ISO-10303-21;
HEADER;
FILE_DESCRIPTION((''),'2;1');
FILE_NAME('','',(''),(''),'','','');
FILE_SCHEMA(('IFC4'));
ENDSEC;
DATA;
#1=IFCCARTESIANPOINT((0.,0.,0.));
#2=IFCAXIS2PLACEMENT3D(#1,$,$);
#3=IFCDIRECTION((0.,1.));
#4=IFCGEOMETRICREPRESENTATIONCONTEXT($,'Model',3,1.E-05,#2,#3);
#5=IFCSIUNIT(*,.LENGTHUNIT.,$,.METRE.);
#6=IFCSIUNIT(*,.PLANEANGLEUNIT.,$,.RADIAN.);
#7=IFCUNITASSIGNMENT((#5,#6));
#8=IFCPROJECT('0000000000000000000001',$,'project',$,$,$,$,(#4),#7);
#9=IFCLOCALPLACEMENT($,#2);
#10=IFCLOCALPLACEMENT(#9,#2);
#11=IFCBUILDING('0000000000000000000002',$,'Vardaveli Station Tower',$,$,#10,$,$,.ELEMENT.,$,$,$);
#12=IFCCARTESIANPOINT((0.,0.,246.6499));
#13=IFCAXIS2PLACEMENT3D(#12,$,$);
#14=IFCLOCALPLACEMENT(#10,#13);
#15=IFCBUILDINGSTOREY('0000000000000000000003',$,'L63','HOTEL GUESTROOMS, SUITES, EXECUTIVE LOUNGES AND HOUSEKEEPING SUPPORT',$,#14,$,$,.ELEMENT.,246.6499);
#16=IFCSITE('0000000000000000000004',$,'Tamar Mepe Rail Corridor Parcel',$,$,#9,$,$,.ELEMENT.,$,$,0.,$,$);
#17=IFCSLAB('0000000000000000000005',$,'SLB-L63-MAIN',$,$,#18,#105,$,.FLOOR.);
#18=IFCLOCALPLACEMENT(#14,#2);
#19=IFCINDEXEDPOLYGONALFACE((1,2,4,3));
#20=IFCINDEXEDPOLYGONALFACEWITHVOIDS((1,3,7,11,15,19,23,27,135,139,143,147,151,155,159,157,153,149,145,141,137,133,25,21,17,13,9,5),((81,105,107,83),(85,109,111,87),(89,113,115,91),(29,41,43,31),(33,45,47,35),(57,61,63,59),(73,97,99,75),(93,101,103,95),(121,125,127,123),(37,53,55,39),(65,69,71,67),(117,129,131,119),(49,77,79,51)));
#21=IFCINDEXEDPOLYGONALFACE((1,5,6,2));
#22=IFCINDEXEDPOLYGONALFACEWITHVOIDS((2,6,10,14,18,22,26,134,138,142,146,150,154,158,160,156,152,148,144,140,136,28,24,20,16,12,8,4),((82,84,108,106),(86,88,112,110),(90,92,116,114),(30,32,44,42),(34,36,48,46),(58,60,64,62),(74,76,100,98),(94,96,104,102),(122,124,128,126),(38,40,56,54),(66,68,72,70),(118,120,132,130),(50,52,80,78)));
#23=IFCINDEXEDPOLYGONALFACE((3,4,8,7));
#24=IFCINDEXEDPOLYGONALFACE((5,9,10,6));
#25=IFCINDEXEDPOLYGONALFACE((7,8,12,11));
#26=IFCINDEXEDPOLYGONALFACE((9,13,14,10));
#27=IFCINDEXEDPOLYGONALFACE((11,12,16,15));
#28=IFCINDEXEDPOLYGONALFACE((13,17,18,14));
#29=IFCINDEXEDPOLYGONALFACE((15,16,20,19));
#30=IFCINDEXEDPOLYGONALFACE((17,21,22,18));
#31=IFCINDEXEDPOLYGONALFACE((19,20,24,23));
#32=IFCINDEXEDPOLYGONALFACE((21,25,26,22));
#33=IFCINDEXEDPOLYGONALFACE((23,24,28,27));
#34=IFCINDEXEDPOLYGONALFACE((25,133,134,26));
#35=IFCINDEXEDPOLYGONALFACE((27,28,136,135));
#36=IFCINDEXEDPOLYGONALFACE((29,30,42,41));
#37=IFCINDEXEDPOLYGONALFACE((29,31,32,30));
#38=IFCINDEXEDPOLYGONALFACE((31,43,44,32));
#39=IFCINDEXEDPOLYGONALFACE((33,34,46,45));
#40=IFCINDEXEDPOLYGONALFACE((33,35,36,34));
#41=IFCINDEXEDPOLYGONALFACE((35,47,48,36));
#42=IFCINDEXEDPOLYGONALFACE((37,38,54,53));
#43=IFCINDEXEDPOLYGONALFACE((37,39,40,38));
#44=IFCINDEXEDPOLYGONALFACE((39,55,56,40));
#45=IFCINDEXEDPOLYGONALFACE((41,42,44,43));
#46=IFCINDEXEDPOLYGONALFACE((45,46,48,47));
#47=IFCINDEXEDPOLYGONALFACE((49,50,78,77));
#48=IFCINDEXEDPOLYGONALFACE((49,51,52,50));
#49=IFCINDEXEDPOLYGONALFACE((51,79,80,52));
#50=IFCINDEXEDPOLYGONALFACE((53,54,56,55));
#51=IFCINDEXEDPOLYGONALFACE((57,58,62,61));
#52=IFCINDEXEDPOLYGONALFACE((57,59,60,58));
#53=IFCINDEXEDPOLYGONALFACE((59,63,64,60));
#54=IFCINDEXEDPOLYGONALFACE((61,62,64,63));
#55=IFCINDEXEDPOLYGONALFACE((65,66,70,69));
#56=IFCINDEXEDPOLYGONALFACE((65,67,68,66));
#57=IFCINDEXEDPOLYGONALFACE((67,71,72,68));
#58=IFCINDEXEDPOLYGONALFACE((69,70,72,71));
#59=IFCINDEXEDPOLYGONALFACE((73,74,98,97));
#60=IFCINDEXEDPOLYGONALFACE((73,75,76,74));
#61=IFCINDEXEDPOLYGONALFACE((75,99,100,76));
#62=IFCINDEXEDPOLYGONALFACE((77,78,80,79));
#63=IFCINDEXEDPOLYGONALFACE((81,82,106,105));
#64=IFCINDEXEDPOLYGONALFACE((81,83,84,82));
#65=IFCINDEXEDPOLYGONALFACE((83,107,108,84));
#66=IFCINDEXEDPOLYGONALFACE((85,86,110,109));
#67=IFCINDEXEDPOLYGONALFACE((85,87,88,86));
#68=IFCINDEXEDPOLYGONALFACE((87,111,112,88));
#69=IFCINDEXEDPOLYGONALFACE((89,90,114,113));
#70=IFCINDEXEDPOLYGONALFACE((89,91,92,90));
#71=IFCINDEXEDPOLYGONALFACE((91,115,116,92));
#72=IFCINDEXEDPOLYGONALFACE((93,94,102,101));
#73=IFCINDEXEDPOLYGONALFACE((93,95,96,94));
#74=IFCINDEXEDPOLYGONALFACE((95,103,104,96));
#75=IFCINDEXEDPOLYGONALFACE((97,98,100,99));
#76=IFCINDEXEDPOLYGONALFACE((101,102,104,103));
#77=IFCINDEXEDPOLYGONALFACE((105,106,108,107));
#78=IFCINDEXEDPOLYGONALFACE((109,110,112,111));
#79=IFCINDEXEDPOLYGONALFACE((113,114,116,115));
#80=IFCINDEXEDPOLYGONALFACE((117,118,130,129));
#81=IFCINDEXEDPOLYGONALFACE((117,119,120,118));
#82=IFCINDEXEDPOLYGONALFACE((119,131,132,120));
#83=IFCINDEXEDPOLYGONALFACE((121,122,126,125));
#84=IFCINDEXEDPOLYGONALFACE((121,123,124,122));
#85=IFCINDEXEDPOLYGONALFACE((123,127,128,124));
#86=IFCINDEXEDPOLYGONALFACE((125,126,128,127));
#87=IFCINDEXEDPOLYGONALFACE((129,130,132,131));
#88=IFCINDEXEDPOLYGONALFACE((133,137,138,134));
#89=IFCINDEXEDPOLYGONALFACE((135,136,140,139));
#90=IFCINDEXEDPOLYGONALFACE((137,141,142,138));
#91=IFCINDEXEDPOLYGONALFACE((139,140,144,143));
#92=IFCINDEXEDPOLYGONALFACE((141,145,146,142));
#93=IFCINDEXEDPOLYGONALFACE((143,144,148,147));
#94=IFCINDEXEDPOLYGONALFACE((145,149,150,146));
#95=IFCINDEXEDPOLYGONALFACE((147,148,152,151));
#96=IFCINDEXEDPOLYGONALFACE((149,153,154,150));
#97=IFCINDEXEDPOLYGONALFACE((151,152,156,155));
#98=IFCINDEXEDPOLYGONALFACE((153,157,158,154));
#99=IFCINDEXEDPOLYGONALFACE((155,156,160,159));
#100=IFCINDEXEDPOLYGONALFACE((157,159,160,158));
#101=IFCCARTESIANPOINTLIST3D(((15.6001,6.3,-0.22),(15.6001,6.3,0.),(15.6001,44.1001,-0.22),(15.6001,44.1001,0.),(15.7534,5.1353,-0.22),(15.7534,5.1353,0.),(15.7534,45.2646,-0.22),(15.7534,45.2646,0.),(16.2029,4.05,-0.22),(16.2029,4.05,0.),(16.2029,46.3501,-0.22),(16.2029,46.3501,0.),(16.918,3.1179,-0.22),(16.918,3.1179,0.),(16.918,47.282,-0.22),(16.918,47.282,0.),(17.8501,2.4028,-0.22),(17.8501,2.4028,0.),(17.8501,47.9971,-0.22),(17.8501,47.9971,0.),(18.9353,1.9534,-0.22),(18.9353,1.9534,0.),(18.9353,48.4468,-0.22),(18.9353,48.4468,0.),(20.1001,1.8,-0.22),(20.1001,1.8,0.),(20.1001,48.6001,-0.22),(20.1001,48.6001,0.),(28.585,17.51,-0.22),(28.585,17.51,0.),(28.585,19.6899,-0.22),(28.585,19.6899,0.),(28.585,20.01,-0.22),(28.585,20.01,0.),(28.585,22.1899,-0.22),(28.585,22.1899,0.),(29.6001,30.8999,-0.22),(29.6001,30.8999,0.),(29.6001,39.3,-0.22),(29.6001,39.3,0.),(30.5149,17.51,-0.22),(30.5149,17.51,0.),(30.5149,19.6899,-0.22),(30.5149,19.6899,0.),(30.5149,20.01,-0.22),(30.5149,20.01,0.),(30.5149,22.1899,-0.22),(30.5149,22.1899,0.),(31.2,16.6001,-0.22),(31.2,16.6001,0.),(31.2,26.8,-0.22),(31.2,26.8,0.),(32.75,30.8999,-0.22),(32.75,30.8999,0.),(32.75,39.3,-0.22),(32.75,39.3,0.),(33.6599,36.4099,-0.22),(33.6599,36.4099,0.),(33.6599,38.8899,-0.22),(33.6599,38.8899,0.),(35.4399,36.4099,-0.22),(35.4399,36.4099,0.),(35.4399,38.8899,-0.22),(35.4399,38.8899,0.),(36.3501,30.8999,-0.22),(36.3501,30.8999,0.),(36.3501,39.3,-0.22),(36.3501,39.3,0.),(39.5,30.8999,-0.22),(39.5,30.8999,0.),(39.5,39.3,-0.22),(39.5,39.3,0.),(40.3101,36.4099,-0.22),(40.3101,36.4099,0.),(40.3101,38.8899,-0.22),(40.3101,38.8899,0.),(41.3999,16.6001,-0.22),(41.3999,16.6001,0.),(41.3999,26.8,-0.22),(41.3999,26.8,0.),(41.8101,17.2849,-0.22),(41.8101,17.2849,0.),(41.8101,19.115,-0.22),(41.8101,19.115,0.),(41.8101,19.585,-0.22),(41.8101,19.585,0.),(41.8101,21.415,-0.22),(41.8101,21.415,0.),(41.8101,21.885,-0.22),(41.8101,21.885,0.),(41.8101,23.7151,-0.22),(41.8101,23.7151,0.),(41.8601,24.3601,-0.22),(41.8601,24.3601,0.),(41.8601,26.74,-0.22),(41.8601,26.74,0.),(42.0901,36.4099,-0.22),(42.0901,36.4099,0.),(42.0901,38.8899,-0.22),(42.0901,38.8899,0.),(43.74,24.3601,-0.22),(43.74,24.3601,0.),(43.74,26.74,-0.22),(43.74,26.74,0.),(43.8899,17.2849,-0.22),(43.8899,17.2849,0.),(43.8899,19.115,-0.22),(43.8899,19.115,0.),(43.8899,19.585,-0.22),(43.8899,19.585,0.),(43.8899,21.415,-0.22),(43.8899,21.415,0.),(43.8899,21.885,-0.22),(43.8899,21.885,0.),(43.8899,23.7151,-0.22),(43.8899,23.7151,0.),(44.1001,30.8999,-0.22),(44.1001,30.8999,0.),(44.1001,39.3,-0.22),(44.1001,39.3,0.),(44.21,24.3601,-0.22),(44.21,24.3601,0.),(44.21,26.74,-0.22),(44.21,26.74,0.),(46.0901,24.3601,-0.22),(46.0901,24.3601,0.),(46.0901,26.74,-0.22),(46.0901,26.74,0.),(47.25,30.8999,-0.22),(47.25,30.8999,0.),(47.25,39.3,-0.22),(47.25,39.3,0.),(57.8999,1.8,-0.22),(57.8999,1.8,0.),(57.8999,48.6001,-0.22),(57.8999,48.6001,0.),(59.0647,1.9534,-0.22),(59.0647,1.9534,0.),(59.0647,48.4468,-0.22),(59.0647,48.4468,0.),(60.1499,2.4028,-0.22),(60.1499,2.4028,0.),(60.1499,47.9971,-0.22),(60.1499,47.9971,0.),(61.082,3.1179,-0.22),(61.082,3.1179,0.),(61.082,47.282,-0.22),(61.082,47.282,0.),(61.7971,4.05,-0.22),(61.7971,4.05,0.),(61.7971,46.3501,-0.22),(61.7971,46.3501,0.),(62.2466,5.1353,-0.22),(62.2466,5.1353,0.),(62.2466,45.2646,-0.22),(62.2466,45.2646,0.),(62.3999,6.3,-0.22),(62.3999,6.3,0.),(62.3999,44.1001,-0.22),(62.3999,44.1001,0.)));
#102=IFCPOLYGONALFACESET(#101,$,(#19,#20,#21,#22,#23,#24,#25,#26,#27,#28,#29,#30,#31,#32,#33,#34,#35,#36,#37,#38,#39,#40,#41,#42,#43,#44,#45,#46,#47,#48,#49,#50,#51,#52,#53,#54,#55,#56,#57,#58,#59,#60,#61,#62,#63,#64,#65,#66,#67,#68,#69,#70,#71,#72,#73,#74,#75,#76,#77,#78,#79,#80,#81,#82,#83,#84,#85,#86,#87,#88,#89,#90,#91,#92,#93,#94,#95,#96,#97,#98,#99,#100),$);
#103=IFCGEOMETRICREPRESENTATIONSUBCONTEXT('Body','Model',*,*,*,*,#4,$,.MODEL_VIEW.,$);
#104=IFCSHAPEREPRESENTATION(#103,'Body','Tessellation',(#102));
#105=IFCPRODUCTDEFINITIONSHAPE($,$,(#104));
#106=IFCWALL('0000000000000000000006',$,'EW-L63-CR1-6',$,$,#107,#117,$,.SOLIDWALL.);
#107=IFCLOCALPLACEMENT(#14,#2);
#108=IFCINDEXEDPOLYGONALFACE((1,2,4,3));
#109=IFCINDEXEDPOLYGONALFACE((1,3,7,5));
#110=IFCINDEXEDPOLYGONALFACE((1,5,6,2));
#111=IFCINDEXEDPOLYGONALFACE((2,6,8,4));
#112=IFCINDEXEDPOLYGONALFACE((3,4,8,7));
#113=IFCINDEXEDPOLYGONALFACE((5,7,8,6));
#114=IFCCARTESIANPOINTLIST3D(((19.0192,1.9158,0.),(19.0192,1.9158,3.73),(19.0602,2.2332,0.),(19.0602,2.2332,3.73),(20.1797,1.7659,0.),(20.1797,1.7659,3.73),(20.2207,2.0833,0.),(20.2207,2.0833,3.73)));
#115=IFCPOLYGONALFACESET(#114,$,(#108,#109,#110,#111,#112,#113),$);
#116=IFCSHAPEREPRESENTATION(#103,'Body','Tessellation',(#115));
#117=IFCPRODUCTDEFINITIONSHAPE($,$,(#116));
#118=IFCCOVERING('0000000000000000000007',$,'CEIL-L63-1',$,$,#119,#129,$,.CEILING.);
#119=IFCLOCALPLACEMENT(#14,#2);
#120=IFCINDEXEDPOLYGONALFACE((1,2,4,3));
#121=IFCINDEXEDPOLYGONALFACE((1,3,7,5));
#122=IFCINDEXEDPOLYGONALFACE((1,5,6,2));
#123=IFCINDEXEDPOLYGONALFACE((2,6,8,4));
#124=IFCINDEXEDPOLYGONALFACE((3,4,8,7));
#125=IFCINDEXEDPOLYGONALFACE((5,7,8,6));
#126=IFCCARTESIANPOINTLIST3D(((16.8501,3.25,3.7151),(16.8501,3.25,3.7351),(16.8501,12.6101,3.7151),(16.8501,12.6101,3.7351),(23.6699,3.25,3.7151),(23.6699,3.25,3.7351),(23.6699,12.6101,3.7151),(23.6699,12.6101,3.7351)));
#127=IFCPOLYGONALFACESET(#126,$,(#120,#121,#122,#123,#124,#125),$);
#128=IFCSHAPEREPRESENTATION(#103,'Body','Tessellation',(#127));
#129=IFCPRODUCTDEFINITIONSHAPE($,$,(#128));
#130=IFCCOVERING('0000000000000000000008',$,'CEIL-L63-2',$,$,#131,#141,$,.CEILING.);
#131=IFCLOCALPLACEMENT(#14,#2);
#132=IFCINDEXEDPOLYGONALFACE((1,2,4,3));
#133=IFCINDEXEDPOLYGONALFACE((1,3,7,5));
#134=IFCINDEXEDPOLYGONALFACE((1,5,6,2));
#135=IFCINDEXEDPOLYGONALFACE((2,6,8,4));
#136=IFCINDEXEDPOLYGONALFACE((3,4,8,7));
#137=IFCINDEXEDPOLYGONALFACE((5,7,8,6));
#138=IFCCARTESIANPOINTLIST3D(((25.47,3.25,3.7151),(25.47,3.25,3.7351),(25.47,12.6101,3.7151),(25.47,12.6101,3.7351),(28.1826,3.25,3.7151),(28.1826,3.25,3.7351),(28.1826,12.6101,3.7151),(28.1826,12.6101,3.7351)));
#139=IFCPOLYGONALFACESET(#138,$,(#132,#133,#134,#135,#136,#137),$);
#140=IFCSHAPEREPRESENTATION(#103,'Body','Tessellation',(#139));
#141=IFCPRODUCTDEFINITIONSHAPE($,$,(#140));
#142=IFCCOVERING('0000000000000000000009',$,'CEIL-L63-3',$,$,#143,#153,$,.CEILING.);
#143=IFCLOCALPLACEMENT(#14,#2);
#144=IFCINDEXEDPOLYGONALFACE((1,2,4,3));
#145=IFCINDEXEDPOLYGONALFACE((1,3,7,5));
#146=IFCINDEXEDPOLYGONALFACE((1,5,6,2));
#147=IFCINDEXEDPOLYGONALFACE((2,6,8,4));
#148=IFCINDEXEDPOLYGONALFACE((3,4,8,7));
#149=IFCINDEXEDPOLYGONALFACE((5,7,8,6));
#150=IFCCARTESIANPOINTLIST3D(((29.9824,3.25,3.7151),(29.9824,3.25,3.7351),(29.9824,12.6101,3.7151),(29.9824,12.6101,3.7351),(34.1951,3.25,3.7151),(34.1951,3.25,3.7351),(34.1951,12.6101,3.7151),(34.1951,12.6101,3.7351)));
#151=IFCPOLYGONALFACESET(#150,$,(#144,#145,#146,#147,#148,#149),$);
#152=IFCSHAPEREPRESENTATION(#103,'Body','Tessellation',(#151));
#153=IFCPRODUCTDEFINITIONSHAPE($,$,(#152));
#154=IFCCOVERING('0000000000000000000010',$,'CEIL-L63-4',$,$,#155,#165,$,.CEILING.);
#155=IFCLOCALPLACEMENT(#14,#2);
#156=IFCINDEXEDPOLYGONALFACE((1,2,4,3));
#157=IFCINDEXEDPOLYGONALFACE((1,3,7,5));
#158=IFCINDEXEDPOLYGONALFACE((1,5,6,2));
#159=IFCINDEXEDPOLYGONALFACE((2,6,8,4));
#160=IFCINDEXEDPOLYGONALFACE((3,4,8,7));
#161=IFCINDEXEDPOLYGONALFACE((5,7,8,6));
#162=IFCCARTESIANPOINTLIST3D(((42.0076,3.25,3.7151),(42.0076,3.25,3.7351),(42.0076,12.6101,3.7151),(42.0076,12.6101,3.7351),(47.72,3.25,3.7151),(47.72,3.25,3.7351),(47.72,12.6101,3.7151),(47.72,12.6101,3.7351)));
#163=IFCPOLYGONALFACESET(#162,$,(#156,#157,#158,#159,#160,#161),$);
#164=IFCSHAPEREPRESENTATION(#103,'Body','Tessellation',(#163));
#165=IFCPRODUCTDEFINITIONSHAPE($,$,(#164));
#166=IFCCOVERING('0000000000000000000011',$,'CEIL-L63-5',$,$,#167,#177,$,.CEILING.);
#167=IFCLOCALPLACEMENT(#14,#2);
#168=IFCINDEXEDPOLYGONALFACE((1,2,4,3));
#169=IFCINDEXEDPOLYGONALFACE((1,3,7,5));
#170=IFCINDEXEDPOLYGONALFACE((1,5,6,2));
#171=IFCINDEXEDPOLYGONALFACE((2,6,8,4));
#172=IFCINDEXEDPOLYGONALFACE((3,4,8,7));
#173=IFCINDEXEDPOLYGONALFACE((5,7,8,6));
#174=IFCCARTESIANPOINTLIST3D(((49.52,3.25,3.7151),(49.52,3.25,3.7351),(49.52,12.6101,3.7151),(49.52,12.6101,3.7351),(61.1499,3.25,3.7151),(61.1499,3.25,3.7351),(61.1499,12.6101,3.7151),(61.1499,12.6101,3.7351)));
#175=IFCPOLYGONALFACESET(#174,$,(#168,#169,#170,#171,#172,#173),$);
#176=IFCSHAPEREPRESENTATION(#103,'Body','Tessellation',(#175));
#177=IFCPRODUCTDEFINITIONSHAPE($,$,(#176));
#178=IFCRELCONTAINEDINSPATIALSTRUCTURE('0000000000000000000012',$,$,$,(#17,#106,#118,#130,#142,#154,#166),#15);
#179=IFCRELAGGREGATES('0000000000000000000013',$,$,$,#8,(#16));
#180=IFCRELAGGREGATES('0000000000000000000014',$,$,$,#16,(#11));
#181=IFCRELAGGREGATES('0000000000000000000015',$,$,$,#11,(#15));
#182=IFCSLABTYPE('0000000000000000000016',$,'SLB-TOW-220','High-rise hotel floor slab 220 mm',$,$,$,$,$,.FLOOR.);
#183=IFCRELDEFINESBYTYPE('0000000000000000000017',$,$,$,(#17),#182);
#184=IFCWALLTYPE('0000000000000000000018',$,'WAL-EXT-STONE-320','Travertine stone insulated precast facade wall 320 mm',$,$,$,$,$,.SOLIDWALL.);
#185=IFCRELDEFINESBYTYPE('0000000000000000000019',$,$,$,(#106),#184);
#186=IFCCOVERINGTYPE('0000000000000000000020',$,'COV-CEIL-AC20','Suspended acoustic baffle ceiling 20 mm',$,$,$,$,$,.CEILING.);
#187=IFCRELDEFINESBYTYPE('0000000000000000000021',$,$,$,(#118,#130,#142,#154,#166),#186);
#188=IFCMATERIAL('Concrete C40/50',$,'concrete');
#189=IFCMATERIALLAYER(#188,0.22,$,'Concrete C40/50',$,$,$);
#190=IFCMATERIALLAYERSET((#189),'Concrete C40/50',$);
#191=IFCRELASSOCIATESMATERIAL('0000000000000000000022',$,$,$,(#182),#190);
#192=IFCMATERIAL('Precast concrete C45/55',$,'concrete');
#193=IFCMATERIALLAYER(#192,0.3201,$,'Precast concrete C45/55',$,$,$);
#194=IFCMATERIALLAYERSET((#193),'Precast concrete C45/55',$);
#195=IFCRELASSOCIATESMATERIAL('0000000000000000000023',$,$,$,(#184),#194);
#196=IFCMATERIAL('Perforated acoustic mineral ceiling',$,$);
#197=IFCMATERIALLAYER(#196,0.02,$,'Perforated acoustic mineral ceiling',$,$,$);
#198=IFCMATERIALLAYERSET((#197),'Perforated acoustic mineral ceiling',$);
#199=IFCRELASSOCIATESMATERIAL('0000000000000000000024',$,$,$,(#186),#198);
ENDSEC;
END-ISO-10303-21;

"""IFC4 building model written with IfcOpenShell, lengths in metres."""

from ifc_helpers import new_model, si_unit, direction, frame, frame_2d, origin, place, context, subcontext, project, spatial, polyline, rectangle, outline, extrude, source, transform, mapped, material, layer, layer_set, type_object, element, save


model = new_model("IFC4")

# Units and contexts
model_context = context("Model", 3, precision=1e-05, world=origin(), true_north=direction((0.0, 1.0)))
body_context = subcontext(model_context, "Body", "Model", "MODEL_VIEW")
ifc_project = project(units=[si_unit("LENGTHUNIT", "METRE"), si_unit("PLANEANGLEUNIT", "RADIAN")], contexts=[model_context])

# Site, building, storey
site_placement = place(None, origin())
site = spatial("IfcSite", under=ifc_project, at=site_placement, Name="Tamar Mepe Rail Corridor Parcel", CompositionType="ELEMENT", RefElevation=0.0)
building_placement = place(site_placement, origin())
building = spatial("IfcBuilding", under=site, at=building_placement, Name="Vardaveli Station Tower", CompositionType="ELEMENT")
storey_placement = place(building_placement, frame((0.0, 0.0, 246.6499)))
storey = spatial("IfcBuildingStorey", under=building, at=storey_placement, Name="L63", Description="HOTEL GUESTROOMS, SUITES, EXECUTIVE LOUNGES AND HOUSEKEEPING SUPPORT", CompositionType="ELEMENT", Elevation=246.6499)

# Shared definitions
ifc_material_1 = material(Name="Concrete C40/50", Category="concrete")

# Slab
ifc_material_2 = material(Name="Precast concrete C45/55", Category="concrete")
ifc_layer_1 = layer(ifc_material_1, 0.22, Name="Concrete C40/50")
ifc_layer_set_1 = layer_set([ifc_layer_1], Name="Concrete C40/50")
slab_type_1 = type_object("IfcSlabType", Name="SLB-TOW-220", Description="High-rise hotel floor slab 220 mm", PredefinedType="FLOOR", material=ifc_layer_set_1)
slab_1_placement = place(storey_placement, frame((0.0, 0.0, -0.22)))
element("IfcSlab", 1, at=slab_1_placement, inside=storey, type_object=slab_type_1, Name="SLB-L63-MAIN", PredefinedType="FLOOR", context=body_context, shape_type="SweptSolid", body=[
    extrude(outline(polyline([(15.6001, 6.3), (15.7534, 5.1353), (16.2029, 4.05), (16.918, 3.1179), (17.8501, 2.4028), (18.9353, 1.9534), (20.1001, 1.8), (57.8999, 1.8), (59.0647, 1.9534), (60.1499, 2.4028), (61.082, 3.1179), (61.7971, 4.05), (62.2466, 5.1353), (62.3999, 6.3), (62.3999, 44.1001), (62.2466, 45.2646), (61.7971, 46.3501), (61.082, 47.282), (60.1499, 47.9971), (59.0647, 48.4468), (57.8999, 48.6001), (20.1001, 48.6001), (18.9353, 48.4468), (17.8501, 47.9971), (16.918, 47.282), (16.2029, 46.3501), (15.7534, 45.2646), (15.6001, 44.1001), (15.6001, 6.3)]), holes=[polyline([(31.2, 16.6001), (41.3999, 16.6001), (41.3999, 26.8), (31.2, 26.8), (31.2, 16.6001)]), polyline([(32.75, 30.8999), (32.75, 39.3), (29.6001, 39.3), (29.6001, 30.8999), (32.75, 30.8999)]), polyline([(39.5, 30.8999), (39.5, 39.3), (36.3501, 39.3), (36.3501, 30.8999), (39.5, 30.8999)]), polyline([(47.25, 30.8999), (47.25, 39.3), (44.1001, 39.3), (44.1001, 30.8999), (47.25, 30.8999)]), polyline([(33.6599, 36.4099), (35.4399, 36.4099), (35.4399, 38.8899), (33.6599, 38.8899), (33.6599, 36.4099)]), polyline([(40.3101, 36.4099), (42.0901, 36.4099), (42.0901, 38.8899), (40.3101, 38.8899), (40.3101, 36.4099)]), polyline([(41.8101, 21.885), (43.8899, 21.885), (43.8899, 23.7151), (41.8101, 23.7151), (41.8101, 21.885)]), polyline([(41.8101, 19.585), (43.8899, 19.585), (43.8899, 21.415), (41.8101, 21.415), (41.8101, 19.585)]), polyline([(41.8101, 17.2849), (43.8899, 17.2849), (43.8899, 19.115), (41.8101, 19.115), (41.8101, 17.2849)]), polyline([(28.585, 17.51), (30.5149, 17.51), (30.5149, 19.6899), (28.585, 19.6899), (28.585, 17.51)]), polyline([(28.585, 20.01), (30.5149, 20.01), (30.5149, 22.1899), (28.585, 22.1899), (28.585, 20.01)]), polyline([(41.8601, 24.3601), (43.74, 24.3601), (43.74, 26.74), (41.8601, 26.74), (41.8601, 24.3601)]), polyline([(44.21, 24.3601), (46.0901, 24.3601), (46.0901, 26.74), (44.21, 26.74), (44.21, 24.3601)])]), origin(), (0.0, 0.0, 1.0), 0.22),
])

# Wall
ifc_layer_2 = layer(ifc_material_2, 0.3201, Name="Precast concrete C45/55")
ifc_layer_set_2 = layer_set([ifc_layer_2], Name="Precast concrete C45/55")
wall_type = type_object("IfcWallType", Name="WAL-EXT-STONE-320", Description="Travertine stone insulated precast facade wall 320 mm", PredefinedType="SOLIDWALL", material=ifc_layer_set_2)
shared_shape = source(origin(), body_context, "Body", "SweptSolid", [
    extrude(rectangle(XDim=1.1702, YDim=0.3201, at=frame_2d((0.585, 0.0))), origin(), (0.0, 0.0, 1.0), 3.73),
])
wall_placement = place(storey_placement, frame((19.0398, 2.0745, 0.0), z_axis=(0.0, 0.0, 1.0), x_axis=(0.991762, -0.12809, 0.0)))
element("IfcWall", 2, at=wall_placement, inside=storey, type_object=wall_type, Name="EW-L63-CR1-6", PredefinedType="SOLIDWALL", context=body_context, shape_type="MappedRepresentation", body=[
    mapped(shared_shape, transform((0.0, 0.0, 0.0), scale=1.0)),
])

# Coverings
ifc_material_3 = material(Name="Perforated acoustic mineral ceiling")
ifc_layer_3 = layer(ifc_material_3, 0.02, Name="Perforated acoustic mineral ceiling")
ifc_layer_set_3 = layer_set([ifc_layer_3], Name="Perforated acoustic mineral ceiling")
covering_type_1 = type_object("IfcCoveringType", Name="COV-CEIL-AC20", Description="Suspended acoustic baffle ceiling 20 mm", PredefinedType="CEILING", material=ifc_layer_set_3)
covering_1_placement = place(storey_placement, frame((0.0, 0.0, 3.7151)))
element("IfcCovering", 3, at=covering_1_placement, inside=storey, type_object=covering_type_1, Name="CEIL-L63-1", PredefinedType="CEILING", context=body_context, shape_type="SweptSolid", body=[
    extrude(outline(polyline([(16.8501, 3.25), (23.6699, 3.25), (23.6699, 12.6101), (16.8501, 12.6101), (16.8501, 3.25)])), origin(), (0.0, 0.0, 1.0), 0.02),
])
covering_2_placement = place(storey_placement, frame((0.0, 0.0, 3.7151)))
element("IfcCovering", 4, at=covering_2_placement, inside=storey, type_object=covering_type_1, Name="CEIL-L63-2", PredefinedType="CEILING", context=body_context, shape_type="SweptSolid", body=[
    extrude(outline(polyline([(25.47, 3.25), (28.1826, 3.25), (28.1826, 12.6101), (25.47, 12.6101), (25.47, 3.25)])), origin(), (0.0, 0.0, 1.0), 0.02),
])
covering_3_placement = place(storey_placement, frame((0.0, 0.0, 3.7151)))
element("IfcCovering", 5, at=covering_3_placement, inside=storey, type_object=covering_type_1, Name="CEIL-L63-3", PredefinedType="CEILING", context=body_context, shape_type="SweptSolid", body=[
    extrude(outline(polyline([(29.9824, 3.25), (34.1951, 3.25), (34.1951, 12.6101), (29.9824, 12.6101), (29.9824, 3.25)])), origin(), (0.0, 0.0, 1.0), 0.02),
])
covering_4_placement = place(storey_placement, frame((0.0, 0.0, 3.7151)))
element("IfcCovering", 6, at=covering_4_placement, inside=storey, type_object=covering_type_1, Name="CEIL-L63-4", PredefinedType="CEILING", context=body_context, shape_type="SweptSolid", body=[
    extrude(outline(polyline([(42.0076, 3.25), (47.72, 3.25), (47.72, 12.6101), (42.0076, 12.6101), (42.0076, 3.25)])), origin(), (0.0, 0.0, 1.0), 0.02),
])
covering_5_placement = place(storey_placement, frame((0.0, 0.0, 3.7151)))
element("IfcCovering", 7, at=covering_5_placement, inside=storey, type_object=covering_type_1, Name="CEIL-L63-5", PredefinedType="CEILING", context=body_context, shape_type="SweptSolid", body=[
    extrude(outline(polyline([(49.52, 3.25), (61.1499, 3.25), (61.1499, 12.6101), (49.52, 12.6101), (49.52, 3.25)])), origin(), (0.0, 0.0, 1.0), 0.02),
])

save(model, "model.ifc")
